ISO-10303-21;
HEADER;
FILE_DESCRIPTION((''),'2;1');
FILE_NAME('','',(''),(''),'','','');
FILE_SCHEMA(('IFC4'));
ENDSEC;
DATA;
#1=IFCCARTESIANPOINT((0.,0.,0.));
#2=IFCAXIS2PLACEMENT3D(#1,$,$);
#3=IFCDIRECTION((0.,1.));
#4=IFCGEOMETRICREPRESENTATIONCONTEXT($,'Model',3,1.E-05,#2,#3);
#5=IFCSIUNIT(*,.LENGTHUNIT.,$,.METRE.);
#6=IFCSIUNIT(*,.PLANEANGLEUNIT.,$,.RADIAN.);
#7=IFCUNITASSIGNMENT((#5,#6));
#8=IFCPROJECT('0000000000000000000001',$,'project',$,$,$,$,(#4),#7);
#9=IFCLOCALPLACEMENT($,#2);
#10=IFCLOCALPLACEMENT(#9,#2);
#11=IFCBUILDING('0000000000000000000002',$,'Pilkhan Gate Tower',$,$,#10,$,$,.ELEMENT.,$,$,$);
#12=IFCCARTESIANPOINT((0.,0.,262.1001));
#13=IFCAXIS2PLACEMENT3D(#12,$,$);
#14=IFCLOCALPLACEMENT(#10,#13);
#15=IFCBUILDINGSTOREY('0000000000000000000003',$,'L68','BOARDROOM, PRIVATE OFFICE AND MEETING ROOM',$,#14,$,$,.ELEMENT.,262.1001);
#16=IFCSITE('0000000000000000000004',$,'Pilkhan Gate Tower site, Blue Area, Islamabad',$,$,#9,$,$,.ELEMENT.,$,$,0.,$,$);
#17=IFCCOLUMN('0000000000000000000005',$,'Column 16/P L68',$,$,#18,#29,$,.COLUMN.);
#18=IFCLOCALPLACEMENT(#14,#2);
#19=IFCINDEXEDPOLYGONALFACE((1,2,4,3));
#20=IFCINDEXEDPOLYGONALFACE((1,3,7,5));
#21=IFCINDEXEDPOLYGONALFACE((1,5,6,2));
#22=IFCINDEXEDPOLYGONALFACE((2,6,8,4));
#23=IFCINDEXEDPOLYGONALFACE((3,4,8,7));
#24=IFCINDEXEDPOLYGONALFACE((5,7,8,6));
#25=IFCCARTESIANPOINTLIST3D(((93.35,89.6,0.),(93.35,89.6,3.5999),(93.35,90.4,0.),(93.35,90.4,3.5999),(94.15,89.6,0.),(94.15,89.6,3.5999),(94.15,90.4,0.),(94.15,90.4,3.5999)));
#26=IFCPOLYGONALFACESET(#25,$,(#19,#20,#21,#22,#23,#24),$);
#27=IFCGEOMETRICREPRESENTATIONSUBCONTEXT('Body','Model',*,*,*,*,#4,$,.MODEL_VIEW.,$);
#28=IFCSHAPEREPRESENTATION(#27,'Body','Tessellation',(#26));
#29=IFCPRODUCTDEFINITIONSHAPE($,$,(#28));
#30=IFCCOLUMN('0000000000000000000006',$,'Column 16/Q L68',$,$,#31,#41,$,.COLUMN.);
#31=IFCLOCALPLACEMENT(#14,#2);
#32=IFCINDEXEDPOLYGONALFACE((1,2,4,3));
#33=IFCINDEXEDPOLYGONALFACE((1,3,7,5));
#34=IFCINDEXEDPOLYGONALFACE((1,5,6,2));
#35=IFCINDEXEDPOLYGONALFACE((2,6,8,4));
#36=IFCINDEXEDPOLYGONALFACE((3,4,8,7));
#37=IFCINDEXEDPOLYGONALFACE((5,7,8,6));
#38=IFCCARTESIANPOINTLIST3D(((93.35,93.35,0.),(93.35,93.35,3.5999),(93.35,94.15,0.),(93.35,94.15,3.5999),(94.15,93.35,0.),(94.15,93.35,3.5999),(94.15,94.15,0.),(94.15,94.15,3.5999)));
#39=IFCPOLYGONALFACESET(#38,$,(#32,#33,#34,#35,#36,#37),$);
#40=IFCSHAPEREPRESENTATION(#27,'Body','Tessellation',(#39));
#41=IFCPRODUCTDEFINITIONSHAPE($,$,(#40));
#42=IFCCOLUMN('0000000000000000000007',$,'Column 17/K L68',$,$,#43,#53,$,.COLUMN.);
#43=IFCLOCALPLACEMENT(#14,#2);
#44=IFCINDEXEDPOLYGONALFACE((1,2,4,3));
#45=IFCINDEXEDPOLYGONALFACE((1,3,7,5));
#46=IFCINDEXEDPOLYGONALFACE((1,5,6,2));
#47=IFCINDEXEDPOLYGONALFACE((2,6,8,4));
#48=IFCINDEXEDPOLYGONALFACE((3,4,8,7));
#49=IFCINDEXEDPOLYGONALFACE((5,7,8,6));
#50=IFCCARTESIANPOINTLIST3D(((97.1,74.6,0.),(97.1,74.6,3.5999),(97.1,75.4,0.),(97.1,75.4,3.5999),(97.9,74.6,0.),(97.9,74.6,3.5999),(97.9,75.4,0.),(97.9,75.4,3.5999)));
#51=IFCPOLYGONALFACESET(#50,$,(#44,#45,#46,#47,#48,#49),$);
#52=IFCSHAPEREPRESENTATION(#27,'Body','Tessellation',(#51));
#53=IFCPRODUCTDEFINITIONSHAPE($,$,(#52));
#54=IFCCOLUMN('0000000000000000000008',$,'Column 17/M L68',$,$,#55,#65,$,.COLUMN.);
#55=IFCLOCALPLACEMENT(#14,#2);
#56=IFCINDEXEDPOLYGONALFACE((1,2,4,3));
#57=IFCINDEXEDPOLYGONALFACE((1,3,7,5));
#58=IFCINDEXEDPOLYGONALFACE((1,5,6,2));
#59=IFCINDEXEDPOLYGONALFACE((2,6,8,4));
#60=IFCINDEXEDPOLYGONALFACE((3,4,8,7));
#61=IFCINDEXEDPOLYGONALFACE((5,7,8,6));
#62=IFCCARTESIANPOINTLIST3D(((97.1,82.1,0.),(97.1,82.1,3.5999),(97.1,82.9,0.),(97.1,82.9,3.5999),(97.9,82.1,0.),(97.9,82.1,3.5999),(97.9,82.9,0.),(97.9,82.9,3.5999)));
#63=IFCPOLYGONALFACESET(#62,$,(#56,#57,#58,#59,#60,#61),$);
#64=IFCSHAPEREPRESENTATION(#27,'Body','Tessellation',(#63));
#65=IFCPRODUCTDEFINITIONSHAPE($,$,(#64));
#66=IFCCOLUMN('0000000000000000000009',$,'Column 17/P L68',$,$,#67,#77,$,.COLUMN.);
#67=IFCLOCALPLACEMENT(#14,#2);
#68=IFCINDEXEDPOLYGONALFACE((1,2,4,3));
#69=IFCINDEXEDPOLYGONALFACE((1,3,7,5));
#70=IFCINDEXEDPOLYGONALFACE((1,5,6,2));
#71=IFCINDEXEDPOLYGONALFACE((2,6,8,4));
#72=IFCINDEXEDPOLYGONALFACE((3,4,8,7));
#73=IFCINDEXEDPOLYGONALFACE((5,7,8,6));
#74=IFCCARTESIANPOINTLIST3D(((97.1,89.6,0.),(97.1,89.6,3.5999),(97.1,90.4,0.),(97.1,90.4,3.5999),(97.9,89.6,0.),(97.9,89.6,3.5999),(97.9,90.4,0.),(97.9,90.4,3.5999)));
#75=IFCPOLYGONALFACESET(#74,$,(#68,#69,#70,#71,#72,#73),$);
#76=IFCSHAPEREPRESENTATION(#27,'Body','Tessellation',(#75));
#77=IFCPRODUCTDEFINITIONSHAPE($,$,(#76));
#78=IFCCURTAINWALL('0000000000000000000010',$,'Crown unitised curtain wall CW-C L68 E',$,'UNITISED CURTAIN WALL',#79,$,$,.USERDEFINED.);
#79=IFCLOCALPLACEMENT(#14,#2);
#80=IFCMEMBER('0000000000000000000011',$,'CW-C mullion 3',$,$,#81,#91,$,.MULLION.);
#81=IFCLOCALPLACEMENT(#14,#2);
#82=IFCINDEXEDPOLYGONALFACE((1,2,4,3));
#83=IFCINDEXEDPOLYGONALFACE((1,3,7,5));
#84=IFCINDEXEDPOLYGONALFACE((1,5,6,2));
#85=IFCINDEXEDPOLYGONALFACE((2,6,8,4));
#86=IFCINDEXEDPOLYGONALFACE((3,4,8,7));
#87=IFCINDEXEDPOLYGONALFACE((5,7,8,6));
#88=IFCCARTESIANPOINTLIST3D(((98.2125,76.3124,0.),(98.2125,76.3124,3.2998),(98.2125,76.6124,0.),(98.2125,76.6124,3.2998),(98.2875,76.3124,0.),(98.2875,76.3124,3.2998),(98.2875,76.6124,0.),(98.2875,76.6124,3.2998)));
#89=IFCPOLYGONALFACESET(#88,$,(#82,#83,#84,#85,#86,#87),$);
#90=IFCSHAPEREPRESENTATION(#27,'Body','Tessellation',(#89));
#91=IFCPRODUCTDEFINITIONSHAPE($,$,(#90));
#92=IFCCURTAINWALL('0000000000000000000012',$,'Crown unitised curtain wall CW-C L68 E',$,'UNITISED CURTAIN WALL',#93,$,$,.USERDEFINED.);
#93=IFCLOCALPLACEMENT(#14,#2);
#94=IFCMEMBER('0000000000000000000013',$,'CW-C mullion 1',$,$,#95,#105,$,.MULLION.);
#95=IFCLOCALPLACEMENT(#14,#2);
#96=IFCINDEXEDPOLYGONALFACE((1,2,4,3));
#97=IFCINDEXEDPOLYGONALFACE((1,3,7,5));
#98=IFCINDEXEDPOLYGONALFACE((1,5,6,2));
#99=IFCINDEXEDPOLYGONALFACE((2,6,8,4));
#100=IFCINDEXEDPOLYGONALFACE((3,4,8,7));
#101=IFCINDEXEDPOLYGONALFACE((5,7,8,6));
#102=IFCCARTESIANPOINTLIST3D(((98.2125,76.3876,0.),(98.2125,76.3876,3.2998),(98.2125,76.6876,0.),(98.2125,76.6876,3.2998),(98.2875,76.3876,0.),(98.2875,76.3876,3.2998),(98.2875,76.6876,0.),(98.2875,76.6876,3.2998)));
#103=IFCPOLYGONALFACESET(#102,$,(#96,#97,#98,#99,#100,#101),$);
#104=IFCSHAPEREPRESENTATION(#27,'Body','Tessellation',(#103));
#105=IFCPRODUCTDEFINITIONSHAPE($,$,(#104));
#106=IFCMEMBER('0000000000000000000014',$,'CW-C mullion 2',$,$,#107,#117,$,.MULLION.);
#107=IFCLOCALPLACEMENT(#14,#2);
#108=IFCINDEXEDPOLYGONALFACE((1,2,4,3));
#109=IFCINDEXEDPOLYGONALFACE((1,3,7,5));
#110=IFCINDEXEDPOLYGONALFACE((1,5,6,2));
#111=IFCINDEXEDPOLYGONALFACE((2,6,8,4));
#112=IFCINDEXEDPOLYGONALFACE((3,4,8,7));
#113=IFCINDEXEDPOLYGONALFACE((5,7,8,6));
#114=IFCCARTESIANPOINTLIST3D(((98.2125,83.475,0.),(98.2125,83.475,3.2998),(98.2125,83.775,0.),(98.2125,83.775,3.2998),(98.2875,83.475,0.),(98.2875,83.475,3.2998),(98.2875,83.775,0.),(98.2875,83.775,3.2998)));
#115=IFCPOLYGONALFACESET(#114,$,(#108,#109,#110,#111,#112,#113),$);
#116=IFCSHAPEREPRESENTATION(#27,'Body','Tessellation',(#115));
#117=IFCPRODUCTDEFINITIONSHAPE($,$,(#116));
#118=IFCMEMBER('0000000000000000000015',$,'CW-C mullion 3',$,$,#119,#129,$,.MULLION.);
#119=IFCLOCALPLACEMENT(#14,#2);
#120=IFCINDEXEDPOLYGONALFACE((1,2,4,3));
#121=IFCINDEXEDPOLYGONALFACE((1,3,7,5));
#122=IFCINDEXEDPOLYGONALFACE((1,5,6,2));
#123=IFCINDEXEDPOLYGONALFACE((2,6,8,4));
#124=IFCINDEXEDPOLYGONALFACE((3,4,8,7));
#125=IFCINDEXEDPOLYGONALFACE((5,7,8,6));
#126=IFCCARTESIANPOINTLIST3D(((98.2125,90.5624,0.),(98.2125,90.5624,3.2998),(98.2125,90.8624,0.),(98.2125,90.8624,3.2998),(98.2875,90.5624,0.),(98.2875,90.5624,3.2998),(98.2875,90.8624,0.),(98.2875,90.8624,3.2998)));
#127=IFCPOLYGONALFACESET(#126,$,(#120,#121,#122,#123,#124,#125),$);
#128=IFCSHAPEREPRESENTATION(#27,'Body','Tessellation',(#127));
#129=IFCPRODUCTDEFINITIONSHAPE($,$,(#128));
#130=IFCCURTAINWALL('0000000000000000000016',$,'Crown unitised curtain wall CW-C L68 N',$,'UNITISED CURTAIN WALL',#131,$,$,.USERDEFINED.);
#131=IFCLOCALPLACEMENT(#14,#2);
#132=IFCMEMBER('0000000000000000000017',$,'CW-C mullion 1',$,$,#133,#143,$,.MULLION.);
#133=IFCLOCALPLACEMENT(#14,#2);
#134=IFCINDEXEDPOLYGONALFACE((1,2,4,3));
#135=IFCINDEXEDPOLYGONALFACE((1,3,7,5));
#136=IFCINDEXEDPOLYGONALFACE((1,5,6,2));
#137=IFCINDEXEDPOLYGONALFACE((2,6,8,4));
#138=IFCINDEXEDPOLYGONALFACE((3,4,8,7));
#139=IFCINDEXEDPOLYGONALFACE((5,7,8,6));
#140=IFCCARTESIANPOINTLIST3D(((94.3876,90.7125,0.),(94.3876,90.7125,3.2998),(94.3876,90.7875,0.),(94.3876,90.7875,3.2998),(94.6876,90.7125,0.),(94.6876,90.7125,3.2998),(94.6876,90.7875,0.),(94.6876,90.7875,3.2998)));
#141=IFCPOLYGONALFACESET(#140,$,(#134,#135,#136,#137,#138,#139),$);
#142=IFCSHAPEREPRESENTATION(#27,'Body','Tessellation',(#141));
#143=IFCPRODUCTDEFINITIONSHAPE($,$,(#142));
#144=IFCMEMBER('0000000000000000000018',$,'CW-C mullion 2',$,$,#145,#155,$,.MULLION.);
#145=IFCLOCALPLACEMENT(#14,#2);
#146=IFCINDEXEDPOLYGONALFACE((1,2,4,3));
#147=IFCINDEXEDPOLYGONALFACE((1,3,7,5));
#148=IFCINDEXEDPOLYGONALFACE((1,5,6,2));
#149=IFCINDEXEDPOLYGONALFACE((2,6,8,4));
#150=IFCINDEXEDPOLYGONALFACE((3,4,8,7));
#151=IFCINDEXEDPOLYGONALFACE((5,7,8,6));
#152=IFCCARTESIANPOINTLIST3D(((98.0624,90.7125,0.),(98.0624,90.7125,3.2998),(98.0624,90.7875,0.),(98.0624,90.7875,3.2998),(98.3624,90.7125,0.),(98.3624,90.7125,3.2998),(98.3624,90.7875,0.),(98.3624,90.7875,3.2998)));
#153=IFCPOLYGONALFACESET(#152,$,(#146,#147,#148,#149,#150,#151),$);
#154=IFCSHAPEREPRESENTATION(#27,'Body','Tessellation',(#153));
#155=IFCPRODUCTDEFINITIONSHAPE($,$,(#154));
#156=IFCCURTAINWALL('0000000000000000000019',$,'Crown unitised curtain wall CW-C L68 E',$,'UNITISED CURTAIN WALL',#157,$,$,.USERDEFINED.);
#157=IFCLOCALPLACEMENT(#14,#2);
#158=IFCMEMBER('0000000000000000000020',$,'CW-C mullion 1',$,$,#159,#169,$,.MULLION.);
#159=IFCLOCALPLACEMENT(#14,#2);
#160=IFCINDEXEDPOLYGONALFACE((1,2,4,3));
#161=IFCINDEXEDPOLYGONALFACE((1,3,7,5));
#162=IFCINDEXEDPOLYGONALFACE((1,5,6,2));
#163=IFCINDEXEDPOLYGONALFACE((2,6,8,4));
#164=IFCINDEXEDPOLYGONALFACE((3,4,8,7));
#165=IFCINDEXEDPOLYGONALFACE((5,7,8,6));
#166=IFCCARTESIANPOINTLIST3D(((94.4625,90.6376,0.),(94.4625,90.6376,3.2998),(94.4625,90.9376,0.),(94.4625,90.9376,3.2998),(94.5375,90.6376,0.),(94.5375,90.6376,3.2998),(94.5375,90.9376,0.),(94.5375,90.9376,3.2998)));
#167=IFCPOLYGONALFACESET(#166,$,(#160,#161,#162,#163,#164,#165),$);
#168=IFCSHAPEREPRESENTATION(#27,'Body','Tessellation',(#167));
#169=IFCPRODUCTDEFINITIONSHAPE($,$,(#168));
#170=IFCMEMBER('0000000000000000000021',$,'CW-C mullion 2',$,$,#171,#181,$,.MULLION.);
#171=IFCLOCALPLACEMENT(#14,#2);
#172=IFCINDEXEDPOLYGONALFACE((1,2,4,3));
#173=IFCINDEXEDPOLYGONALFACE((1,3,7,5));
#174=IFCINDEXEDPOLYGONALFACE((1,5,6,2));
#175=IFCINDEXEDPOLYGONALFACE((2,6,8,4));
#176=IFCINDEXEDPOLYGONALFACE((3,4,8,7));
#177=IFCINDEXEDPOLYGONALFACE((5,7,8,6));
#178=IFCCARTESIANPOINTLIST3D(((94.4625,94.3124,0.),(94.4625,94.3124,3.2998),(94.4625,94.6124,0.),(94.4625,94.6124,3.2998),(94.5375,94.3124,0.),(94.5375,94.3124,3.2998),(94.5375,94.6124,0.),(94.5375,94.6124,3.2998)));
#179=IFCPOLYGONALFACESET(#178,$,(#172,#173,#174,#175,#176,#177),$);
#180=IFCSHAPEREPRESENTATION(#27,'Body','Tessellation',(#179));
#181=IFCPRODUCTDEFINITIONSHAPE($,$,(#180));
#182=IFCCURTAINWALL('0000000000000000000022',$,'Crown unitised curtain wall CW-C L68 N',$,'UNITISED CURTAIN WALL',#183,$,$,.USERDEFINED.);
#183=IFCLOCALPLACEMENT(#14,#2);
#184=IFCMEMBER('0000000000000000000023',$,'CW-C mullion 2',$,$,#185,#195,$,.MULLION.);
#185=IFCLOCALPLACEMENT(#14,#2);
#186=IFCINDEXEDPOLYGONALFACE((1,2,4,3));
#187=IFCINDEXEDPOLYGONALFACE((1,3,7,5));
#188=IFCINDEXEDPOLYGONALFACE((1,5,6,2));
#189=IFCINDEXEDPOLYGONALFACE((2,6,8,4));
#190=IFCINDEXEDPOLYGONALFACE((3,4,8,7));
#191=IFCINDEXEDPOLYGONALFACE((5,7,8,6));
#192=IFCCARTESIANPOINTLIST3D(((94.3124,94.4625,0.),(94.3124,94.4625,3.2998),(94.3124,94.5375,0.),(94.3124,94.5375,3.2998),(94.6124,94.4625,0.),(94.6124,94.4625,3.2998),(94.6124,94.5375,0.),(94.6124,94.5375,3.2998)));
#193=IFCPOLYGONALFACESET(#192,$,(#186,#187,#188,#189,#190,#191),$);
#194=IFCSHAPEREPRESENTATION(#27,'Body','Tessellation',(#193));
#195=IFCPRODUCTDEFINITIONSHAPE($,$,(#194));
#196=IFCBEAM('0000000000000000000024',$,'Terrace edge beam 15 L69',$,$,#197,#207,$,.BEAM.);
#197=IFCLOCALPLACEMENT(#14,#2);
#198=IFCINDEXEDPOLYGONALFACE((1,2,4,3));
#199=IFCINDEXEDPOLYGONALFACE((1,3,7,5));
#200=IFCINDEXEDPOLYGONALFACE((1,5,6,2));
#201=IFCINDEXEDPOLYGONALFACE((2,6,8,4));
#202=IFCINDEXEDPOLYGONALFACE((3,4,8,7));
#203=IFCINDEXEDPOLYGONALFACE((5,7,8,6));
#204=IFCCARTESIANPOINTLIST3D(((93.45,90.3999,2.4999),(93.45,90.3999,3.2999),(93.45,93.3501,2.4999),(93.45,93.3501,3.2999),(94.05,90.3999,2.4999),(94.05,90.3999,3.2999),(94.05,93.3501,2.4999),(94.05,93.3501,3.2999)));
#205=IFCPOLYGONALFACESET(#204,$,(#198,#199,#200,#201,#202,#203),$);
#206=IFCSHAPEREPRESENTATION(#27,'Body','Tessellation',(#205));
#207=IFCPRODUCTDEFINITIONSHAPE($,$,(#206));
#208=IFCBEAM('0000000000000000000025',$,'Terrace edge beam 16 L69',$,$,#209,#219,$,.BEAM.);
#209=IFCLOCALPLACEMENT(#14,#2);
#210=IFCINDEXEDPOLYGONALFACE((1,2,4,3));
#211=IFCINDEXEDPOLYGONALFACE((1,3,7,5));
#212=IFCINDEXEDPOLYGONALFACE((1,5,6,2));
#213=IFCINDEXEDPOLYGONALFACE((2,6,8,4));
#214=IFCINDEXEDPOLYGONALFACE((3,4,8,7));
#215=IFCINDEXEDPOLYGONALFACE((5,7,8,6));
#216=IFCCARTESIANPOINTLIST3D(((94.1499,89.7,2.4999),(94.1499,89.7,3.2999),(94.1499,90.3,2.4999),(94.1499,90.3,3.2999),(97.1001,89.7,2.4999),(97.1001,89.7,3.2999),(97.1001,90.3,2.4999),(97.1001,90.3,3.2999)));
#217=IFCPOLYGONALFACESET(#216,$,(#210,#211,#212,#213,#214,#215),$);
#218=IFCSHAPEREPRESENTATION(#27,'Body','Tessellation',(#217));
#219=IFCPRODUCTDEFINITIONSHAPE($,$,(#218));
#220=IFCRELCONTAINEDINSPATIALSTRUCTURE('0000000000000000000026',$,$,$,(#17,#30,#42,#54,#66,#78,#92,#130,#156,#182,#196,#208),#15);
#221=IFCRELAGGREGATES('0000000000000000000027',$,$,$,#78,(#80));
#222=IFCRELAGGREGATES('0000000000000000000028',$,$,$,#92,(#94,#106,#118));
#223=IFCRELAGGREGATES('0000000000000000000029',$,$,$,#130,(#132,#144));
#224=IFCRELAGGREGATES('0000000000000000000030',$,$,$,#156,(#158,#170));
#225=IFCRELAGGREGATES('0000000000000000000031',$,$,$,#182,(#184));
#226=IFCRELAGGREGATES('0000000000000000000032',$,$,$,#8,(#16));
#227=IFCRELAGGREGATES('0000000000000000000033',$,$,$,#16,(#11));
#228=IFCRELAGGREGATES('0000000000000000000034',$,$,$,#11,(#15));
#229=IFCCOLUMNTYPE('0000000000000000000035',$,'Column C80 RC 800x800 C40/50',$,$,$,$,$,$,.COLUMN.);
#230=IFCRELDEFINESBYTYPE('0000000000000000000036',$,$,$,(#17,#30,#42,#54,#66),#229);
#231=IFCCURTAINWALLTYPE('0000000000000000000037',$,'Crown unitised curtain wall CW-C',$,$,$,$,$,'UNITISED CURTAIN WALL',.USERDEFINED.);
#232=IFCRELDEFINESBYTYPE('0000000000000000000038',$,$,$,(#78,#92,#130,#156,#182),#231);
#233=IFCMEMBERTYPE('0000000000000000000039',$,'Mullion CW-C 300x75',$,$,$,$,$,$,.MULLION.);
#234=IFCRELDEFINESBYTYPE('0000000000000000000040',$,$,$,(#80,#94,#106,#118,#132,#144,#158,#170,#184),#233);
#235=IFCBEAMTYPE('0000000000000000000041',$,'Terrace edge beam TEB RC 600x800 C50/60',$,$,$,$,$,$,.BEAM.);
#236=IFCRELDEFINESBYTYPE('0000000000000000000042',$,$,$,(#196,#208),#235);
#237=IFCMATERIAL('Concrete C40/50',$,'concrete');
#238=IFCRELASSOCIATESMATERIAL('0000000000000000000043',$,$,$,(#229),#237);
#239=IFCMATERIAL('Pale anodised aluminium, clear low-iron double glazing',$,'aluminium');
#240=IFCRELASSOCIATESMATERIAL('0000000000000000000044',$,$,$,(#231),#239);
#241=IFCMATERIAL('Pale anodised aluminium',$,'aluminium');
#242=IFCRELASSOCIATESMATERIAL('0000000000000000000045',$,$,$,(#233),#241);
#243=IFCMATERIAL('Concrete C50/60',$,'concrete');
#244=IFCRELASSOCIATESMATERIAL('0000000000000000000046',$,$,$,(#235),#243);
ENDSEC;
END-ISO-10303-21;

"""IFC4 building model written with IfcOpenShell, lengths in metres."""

from ifc_helpers import new_model, si_unit, direction, frame, origin, origin_2d, place, context, subcontext, project, spatial, rectangle, extrude, material, material_profile, profile_set, type_object, element, aggregate, save


model = new_model("IFC4")

# Units and contexts
model_context = context("Model", 3, precision=1e-05, world=origin(), true_north=direction((0.0, 1.0)))
body_context = subcontext(model_context, "Body", "Model", "MODEL_VIEW")
ifc_project = project(units=[si_unit("LENGTHUNIT", "METRE"), si_unit("PLANEANGLEUNIT", "RADIAN")], contexts=[model_context])

# Site, building, storey
site_placement = place(None, origin())
site = spatial("IfcSite", under=ifc_project, at=site_placement, Name="Pilkhan Gate Tower site, Blue Area, Islamabad", CompositionType="ELEMENT", RefElevation=0.0)
building_placement = place(site_placement, origin())
building = spatial("IfcBuilding", under=site, at=building_placement, Name="Pilkhan Gate Tower", CompositionType="ELEMENT")
storey_placement = place(building_placement, frame((0.0, 0.0, 262.1001)))
storey = spatial("IfcBuildingStorey", under=building, at=storey_placement, Name="L68", Description="BOARDROOM, PRIVATE OFFICE AND MEETING ROOM", CompositionType="ELEMENT", Elevation=262.1001)

# Columns
ifc_material_1 = material(Name="Concrete C40/50", Category="concrete")
ifc_material_profile_1 = material_profile(ifc_material_1, rectangle(XDim=0.8, YDim=0.8, at=origin_2d()), Name="RC 800x800")
ifc_profile_set_1 = profile_set([ifc_material_profile_1], Name="Concrete C40/50")
column_type = type_object("IfcColumnType", Name="Column C80 RC 800x800 C40/50", PredefinedType="COLUMN", material=ifc_profile_set_1)
for number, where, z_axis, x_axis, name in (
    (1, (93.75, 90.0, 0.0), (0.0, 0.0, 1.0), (1.0, 0.0, 0.0), "Column 16/P L68"),
    (2, (93.75, 93.75, 0.0), (0.0, 0.0, 1.0), (1.0, 0.0, 0.0), "Column 16/Q L68"),
    (3, (97.5, 75.0, 0.0), (0.0, 0.0, 1.0), (1.0, 0.0, 0.0), "Column 17/K L68"),
    (4, (97.5, 82.5, 0.0), (0.0, 0.0, 1.0), (1.0, 0.0, 0.0), "Column 17/M L68"),
    (5, (97.5, 90.0, 0.0), (0.0, 0.0, 1.0), (1.0, 0.0, 0.0), "Column 17/P L68"),
):
    element("IfcColumn", number, at=place(storey_placement, frame(where, z_axis=z_axis, x_axis=x_axis)), inside=storey, type_object=column_type, Name=name, PredefinedType="COLUMN", context=body_context, shape_type="SweptSolid", body=[
        extrude(rectangle(XDim=0.8, YDim=0.8, at=origin_2d()), origin(), (0.0, 0.0, 1.0), 3.5999),
    ])

# Curtain wall, member
ifc_material_2 = material(Name="Pale anodised aluminium, clear low-iron double glazing", Category="aluminium")
curtain_wall_type = type_object("IfcCurtainWallType", Name="Crown unitised curtain wall CW-C", ElementType="UNITISED CURTAIN WALL", PredefinedType="USERDEFINED", material=ifc_material_2)
curtain_wall_1_placement = place(storey_placement, origin())
curtain_wall_1 = element("IfcCurtainWall", 6, at=curtain_wall_1_placement, inside=storey, type_object=curtain_wall_type, Name="Crown unitised curtain wall CW-C L68 E", ObjectType="UNITISED CURTAIN WALL", PredefinedType="USERDEFINED")
ifc_material_3 = material(Name="Pale anodised aluminium", Category="aluminium")
ifc_material_profile_2 = material_profile(ifc_material_3, rectangle(XDim=0.075, YDim=0.3, at=origin_2d()), Name="Mullion 300x75")
ifc_profile_set_2 = profile_set([ifc_material_profile_2], Name="Pale anodised aluminium")
member_type_1 = type_object("IfcMemberType", Name="Mullion CW-C 300x75", PredefinedType="MULLION", material=ifc_profile_set_2)
member_1_placement = place(storey_placement, frame((98.25, 76.4624, 0.0), z_axis=(0.0, 0.0, 1.0), x_axis=(-1.0, 0.0, 0.0)))
member_1 = element("IfcMember", 7, at=member_1_placement, type_object=member_type_1, Name="CW-C mullion 3", PredefinedType="MULLION", context=body_context, shape_type="SweptSolid", body=[
    extrude(rectangle(XDim=0.075, YDim=0.3, at=origin_2d()), origin(), (0.0, 0.0, 1.0), 3.2998),
])
aggregate(curtain_wall_1, [member_1])

# Curtain walls, members
curtain_wall_2_placement = place(storey_placement, origin())
curtain_wall_2 = element("IfcCurtainWall", 8, at=curtain_wall_2_placement, inside=storey, type_object=curtain_wall_type, Name="Crown unitised curtain wall CW-C L68 E", ObjectType="UNITISED CURTAIN WALL", PredefinedType="USERDEFINED")
member_2_placement = place(storey_placement, frame((98.25, 76.5376, 0.0), z_axis=(0.0, 0.0, 1.0), x_axis=(-1.0, 0.0, 0.0)))
member_2 = element("IfcMember", 9, at=member_2_placement, type_object=member_type_1, Name="CW-C mullion 1", PredefinedType="MULLION", context=body_context, shape_type="SweptSolid", body=[
    extrude(rectangle(XDim=0.075, YDim=0.3, at=origin_2d()), origin(), (0.0, 0.0, 1.0), 3.2998),
])
member_3_placement = place(storey_placement, frame((98.25, 83.625, 0.0), z_axis=(0.0, 0.0, 1.0), x_axis=(-1.0, 0.0, 0.0)))
member_3 = element("IfcMember", 10, at=member_3_placement, type_object=member_type_1, Name="CW-C mullion 2", PredefinedType="MULLION", context=body_context, shape_type="SweptSolid", body=[
    extrude(rectangle(XDim=0.075, YDim=0.3, at=origin_2d()), origin(), (0.0, 0.0, 1.0), 3.2998),
])
member_4_placement = place(storey_placement, frame((98.25, 90.7124, 0.0), z_axis=(0.0, 0.0, 1.0), x_axis=(-1.0, 0.0, 0.0)))
member_4 = element("IfcMember", 11, at=member_4_placement, type_object=member_type_1, Name="CW-C mullion 3", PredefinedType="MULLION", context=body_context, shape_type="SweptSolid", body=[
    extrude(rectangle(XDim=0.075, YDim=0.3, at=origin_2d()), origin(), (0.0, 0.0, 1.0), 3.2998),
])
curtain_wall_3_placement = place(storey_placement, origin())
curtain_wall_3 = element("IfcCurtainWall", 12, at=curtain_wall_3_placement, inside=storey, type_object=curtain_wall_type, Name="Crown unitised curtain wall CW-C L68 N", ObjectType="UNITISED CURTAIN WALL", PredefinedType="USERDEFINED")
member_5_placement = place(storey_placement, frame((94.5376, 90.75, 0.0), z_axis=(0.0, 0.0, 1.0), x_axis=(0.0, 1.0, 0.0)))
member_5 = element("IfcMember", 13, at=member_5_placement, type_object=member_type_1, Name="CW-C mullion 1", PredefinedType="MULLION", context=body_context, shape_type="SweptSolid", body=[
    extrude(rectangle(XDim=0.075, YDim=0.3, at=origin_2d()), origin(), (0.0, 0.0, 1.0), 3.2998),
])
member_6_placement = place(storey_placement, frame((98.2124, 90.75, 0.0), z_axis=(0.0, 0.0, 1.0), x_axis=(0.0, 1.0, 0.0)))
member_6 = element("IfcMember", 14, at=member_6_placement, type_object=member_type_1, Name="CW-C mullion 2", PredefinedType="MULLION", context=body_context, shape_type="SweptSolid", body=[
    extrude(rectangle(XDim=0.075, YDim=0.3, at=origin_2d()), origin(), (0.0, 0.0, 1.0), 3.2998),
])
curtain_wall_4_placement = place(storey_placement, origin())
curtain_wall_4 = element("IfcCurtainWall", 15, at=curtain_wall_4_placement, inside=storey, type_object=curtain_wall_type, Name="Crown unitised curtain wall CW-C L68 E", ObjectType="UNITISED CURTAIN WALL", PredefinedType="USERDEFINED")
member_7_placement = place(storey_placement, frame((94.5, 90.7876, 0.0), z_axis=(0.0, 0.0, 1.0), x_axis=(-1.0, 0.0, 0.0)))
member_7 = element("IfcMember", 16, at=member_7_placement, type_object=member_type_1, Name="CW-C mullion 1", PredefinedType="MULLION", context=body_context, shape_type="SweptSolid", body=[
    extrude(rectangle(XDim=0.075, YDim=0.3, at=origin_2d()), origin(), (0.0, 0.0, 1.0), 3.2998),
])
member_8_placement = place(storey_placement, frame((94.5, 94.4624, 0.0), z_axis=(0.0, 0.0, 1.0), x_axis=(-1.0, 0.0, 0.0)))
member_8 = element("IfcMember", 17, at=member_8_placement, type_object=member_type_1, Name="CW-C mullion 2", PredefinedType="MULLION", context=body_context, shape_type="SweptSolid", body=[
    extrude(rectangle(XDim=0.075, YDim=0.3, at=origin_2d()), origin(), (0.0, 0.0, 1.0), 3.2998),
])

# Curtain wall, member
curtain_wall_5_placement = place(storey_placement, origin())
curtain_wall_5 = element("IfcCurtainWall", 18, at=curtain_wall_5_placement, inside=storey, type_object=curtain_wall_type, Name="Crown unitised curtain wall CW-C L68 N", ObjectType="UNITISED CURTAIN WALL", PredefinedType="USERDEFINED")
member_9_placement = place(storey_placement, frame((94.4624, 94.5, 0.0), z_axis=(0.0, 0.0, 1.0), x_axis=(0.0, 1.0, 0.0)))
member_9 = element("IfcMember", 19, at=member_9_placement, type_object=member_type_1, Name="CW-C mullion 2", PredefinedType="MULLION", context=body_context, shape_type="SweptSolid", body=[
    extrude(rectangle(XDim=0.075, YDim=0.3, at=origin_2d()), origin(), (0.0, 0.0, 1.0), 3.2998),
])

# Beams
ifc_material_4 = material(Name="Concrete C50/60", Category="concrete")
ifc_material_profile_3 = material_profile(ifc_material_4, rectangle(XDim=0.6001, YDim=0.8, at=origin_2d()), Name="RC 600x800")
ifc_profile_set_3 = profile_set([ifc_material_profile_3], Name="Concrete C50/60")
beam_type_1 = type_object("IfcBeamType", Name="Terrace edge beam TEB RC 600x800 C50/60", PredefinedType="BEAM", material=ifc_profile_set_3)
for number, where, z_axis, x_axis, name in (
    (20, (93.75, 93.3501, 2.8999), (0.0, -1.0, 0.0), (1.0, 0.0, 0.0), "Terrace edge beam 15 L69"),
    (21, (94.1499, 90.0, 2.8999), (1.0, 0.0, 0.0), (0.0, 1.0, 0.0), "Terrace edge beam 16 L69"),
):
    element("IfcBeam", number, at=place(storey_placement, frame(where, z_axis=z_axis, x_axis=x_axis)), inside=storey, type_object=beam_type_1, Name=name, PredefinedType="BEAM", context=body_context, shape_type="SweptSolid", body=[
        extrude(rectangle(XDim=0.6001, YDim=0.8, at=origin_2d()), origin(), (0.0, 0.0, 1.0), 2.9502),
    ])

aggregate(curtain_wall_2, [member_2, member_3, member_4])
aggregate(curtain_wall_3, [member_5, member_6])
aggregate(curtain_wall_4, [member_7, member_8])
aggregate(curtain_wall_5, [member_9])

save(model, "model.ifc")
